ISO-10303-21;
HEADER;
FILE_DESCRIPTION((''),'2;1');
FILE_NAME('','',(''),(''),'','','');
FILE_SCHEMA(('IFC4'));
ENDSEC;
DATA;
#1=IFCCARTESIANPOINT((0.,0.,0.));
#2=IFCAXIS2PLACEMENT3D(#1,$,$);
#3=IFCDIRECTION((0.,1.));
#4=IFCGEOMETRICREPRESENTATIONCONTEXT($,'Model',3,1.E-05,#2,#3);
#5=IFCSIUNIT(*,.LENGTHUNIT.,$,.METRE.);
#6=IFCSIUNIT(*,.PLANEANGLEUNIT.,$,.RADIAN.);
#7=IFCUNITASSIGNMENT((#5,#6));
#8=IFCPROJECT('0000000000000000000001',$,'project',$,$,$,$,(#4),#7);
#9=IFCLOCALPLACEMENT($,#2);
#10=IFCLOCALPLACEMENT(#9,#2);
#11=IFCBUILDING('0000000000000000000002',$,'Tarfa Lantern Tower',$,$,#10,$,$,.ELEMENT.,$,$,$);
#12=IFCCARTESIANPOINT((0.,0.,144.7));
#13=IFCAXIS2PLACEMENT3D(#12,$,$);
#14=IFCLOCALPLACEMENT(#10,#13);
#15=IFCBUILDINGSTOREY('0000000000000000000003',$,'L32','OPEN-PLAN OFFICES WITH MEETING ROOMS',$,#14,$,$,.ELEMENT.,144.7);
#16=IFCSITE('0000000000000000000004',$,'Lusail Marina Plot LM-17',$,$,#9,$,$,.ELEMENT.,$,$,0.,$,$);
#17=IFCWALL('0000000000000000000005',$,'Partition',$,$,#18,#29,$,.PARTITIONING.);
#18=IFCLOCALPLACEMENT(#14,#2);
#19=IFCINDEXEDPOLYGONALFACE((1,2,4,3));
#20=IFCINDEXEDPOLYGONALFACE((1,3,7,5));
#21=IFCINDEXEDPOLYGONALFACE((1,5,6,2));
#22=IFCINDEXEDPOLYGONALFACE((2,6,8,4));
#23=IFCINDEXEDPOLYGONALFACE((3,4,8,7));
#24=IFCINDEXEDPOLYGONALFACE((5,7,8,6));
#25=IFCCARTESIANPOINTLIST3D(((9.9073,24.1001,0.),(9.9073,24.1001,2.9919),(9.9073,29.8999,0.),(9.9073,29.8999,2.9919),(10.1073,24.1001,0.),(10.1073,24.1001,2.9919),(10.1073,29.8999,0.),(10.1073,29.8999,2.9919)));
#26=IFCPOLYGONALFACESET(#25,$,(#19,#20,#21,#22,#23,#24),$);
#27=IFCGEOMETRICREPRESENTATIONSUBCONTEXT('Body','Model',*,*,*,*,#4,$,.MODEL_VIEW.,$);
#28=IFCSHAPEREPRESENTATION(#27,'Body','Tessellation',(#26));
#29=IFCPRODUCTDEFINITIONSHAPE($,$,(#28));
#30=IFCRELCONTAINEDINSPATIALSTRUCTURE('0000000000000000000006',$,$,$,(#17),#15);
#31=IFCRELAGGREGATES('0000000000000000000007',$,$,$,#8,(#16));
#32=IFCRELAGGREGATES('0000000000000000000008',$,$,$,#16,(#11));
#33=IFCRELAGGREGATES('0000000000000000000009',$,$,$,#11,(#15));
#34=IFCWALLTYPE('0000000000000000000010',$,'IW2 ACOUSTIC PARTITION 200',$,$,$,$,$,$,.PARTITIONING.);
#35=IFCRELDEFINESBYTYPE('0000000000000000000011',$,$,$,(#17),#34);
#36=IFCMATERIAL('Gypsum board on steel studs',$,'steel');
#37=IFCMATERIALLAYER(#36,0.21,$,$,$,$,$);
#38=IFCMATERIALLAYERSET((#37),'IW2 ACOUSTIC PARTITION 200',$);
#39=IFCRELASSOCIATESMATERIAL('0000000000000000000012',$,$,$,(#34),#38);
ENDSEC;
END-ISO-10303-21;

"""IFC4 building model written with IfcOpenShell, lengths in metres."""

from ifc_helpers import new_model, si_unit, direction, frame, frame_2d, origin, place, context, subcontext, project, spatial, rectangle, extrude, material, layer, layer_set, type_object, element, save


model = new_model("IFC4")

# Units and contexts
model_context = context("Model", 3, precision=1e-05, world=origin(), true_north=direction((0.0, 1.0)))
body_context = subcontext(model_context, "Body", "Model", "MODEL_VIEW")
ifc_project = project(units=[si_unit("LENGTHUNIT", "METRE"), si_unit("PLANEANGLEUNIT", "RADIAN")], contexts=[model_context])

# Site, building, storey
site_placement = place(None, origin())
site = spatial("IfcSite", under=ifc_project, at=site_placement, Name="Lusail Marina Plot LM-17", CompositionType="ELEMENT", RefElevation=0.0)
building_placement = place(site_placement, origin())
building = spatial("IfcBuilding", under=site, at=building_placement, Name="Tarfa Lantern Tower", CompositionType="ELEMENT")
storey_placement = place(building_placement, frame((0.0, 0.0, 144.7)))
storey = spatial("IfcBuildingStorey", under=building, at=storey_placement, Name="L32", Description="OPEN-PLAN OFFICES WITH MEETING ROOMS", CompositionType="ELEMENT", Elevation=144.7)

# Shared definitions
ifc_material_1 = material(Name="Gypsum board on steel studs", Category="steel")
ifc_layer_1 = layer(ifc_material_1, 0.21)
ifc_layer_set_1 = layer_set([ifc_layer_1], Name="IW2 ACOUSTIC PARTITION 200")
wall_type_1 = type_object("IfcWallType", Name="IW2 ACOUSTIC PARTITION 200", PredefinedType="PARTITIONING", material=ifc_layer_set_1)

# Wall
wall_1_placement = place(storey_placement, frame((10.0073, 24.1001, 0.0), z_axis=(0.0, 0.0, 1.0), x_axis=(0.0, 1.0, 0.0)))
element("IfcWall", 1, at=wall_1_placement, inside=storey, type_object=wall_type_1, Name="Partition", PredefinedType="PARTITIONING", context=body_context, shape_type="SweptSolid", body=[
    extrude(rectangle(XDim=5.7998, YDim=0.2, at=frame_2d((2.8999, 0.0))), origin(), (0.0, 0.0, 1.0), 2.9919),
])

save(model, "model.ifc")
